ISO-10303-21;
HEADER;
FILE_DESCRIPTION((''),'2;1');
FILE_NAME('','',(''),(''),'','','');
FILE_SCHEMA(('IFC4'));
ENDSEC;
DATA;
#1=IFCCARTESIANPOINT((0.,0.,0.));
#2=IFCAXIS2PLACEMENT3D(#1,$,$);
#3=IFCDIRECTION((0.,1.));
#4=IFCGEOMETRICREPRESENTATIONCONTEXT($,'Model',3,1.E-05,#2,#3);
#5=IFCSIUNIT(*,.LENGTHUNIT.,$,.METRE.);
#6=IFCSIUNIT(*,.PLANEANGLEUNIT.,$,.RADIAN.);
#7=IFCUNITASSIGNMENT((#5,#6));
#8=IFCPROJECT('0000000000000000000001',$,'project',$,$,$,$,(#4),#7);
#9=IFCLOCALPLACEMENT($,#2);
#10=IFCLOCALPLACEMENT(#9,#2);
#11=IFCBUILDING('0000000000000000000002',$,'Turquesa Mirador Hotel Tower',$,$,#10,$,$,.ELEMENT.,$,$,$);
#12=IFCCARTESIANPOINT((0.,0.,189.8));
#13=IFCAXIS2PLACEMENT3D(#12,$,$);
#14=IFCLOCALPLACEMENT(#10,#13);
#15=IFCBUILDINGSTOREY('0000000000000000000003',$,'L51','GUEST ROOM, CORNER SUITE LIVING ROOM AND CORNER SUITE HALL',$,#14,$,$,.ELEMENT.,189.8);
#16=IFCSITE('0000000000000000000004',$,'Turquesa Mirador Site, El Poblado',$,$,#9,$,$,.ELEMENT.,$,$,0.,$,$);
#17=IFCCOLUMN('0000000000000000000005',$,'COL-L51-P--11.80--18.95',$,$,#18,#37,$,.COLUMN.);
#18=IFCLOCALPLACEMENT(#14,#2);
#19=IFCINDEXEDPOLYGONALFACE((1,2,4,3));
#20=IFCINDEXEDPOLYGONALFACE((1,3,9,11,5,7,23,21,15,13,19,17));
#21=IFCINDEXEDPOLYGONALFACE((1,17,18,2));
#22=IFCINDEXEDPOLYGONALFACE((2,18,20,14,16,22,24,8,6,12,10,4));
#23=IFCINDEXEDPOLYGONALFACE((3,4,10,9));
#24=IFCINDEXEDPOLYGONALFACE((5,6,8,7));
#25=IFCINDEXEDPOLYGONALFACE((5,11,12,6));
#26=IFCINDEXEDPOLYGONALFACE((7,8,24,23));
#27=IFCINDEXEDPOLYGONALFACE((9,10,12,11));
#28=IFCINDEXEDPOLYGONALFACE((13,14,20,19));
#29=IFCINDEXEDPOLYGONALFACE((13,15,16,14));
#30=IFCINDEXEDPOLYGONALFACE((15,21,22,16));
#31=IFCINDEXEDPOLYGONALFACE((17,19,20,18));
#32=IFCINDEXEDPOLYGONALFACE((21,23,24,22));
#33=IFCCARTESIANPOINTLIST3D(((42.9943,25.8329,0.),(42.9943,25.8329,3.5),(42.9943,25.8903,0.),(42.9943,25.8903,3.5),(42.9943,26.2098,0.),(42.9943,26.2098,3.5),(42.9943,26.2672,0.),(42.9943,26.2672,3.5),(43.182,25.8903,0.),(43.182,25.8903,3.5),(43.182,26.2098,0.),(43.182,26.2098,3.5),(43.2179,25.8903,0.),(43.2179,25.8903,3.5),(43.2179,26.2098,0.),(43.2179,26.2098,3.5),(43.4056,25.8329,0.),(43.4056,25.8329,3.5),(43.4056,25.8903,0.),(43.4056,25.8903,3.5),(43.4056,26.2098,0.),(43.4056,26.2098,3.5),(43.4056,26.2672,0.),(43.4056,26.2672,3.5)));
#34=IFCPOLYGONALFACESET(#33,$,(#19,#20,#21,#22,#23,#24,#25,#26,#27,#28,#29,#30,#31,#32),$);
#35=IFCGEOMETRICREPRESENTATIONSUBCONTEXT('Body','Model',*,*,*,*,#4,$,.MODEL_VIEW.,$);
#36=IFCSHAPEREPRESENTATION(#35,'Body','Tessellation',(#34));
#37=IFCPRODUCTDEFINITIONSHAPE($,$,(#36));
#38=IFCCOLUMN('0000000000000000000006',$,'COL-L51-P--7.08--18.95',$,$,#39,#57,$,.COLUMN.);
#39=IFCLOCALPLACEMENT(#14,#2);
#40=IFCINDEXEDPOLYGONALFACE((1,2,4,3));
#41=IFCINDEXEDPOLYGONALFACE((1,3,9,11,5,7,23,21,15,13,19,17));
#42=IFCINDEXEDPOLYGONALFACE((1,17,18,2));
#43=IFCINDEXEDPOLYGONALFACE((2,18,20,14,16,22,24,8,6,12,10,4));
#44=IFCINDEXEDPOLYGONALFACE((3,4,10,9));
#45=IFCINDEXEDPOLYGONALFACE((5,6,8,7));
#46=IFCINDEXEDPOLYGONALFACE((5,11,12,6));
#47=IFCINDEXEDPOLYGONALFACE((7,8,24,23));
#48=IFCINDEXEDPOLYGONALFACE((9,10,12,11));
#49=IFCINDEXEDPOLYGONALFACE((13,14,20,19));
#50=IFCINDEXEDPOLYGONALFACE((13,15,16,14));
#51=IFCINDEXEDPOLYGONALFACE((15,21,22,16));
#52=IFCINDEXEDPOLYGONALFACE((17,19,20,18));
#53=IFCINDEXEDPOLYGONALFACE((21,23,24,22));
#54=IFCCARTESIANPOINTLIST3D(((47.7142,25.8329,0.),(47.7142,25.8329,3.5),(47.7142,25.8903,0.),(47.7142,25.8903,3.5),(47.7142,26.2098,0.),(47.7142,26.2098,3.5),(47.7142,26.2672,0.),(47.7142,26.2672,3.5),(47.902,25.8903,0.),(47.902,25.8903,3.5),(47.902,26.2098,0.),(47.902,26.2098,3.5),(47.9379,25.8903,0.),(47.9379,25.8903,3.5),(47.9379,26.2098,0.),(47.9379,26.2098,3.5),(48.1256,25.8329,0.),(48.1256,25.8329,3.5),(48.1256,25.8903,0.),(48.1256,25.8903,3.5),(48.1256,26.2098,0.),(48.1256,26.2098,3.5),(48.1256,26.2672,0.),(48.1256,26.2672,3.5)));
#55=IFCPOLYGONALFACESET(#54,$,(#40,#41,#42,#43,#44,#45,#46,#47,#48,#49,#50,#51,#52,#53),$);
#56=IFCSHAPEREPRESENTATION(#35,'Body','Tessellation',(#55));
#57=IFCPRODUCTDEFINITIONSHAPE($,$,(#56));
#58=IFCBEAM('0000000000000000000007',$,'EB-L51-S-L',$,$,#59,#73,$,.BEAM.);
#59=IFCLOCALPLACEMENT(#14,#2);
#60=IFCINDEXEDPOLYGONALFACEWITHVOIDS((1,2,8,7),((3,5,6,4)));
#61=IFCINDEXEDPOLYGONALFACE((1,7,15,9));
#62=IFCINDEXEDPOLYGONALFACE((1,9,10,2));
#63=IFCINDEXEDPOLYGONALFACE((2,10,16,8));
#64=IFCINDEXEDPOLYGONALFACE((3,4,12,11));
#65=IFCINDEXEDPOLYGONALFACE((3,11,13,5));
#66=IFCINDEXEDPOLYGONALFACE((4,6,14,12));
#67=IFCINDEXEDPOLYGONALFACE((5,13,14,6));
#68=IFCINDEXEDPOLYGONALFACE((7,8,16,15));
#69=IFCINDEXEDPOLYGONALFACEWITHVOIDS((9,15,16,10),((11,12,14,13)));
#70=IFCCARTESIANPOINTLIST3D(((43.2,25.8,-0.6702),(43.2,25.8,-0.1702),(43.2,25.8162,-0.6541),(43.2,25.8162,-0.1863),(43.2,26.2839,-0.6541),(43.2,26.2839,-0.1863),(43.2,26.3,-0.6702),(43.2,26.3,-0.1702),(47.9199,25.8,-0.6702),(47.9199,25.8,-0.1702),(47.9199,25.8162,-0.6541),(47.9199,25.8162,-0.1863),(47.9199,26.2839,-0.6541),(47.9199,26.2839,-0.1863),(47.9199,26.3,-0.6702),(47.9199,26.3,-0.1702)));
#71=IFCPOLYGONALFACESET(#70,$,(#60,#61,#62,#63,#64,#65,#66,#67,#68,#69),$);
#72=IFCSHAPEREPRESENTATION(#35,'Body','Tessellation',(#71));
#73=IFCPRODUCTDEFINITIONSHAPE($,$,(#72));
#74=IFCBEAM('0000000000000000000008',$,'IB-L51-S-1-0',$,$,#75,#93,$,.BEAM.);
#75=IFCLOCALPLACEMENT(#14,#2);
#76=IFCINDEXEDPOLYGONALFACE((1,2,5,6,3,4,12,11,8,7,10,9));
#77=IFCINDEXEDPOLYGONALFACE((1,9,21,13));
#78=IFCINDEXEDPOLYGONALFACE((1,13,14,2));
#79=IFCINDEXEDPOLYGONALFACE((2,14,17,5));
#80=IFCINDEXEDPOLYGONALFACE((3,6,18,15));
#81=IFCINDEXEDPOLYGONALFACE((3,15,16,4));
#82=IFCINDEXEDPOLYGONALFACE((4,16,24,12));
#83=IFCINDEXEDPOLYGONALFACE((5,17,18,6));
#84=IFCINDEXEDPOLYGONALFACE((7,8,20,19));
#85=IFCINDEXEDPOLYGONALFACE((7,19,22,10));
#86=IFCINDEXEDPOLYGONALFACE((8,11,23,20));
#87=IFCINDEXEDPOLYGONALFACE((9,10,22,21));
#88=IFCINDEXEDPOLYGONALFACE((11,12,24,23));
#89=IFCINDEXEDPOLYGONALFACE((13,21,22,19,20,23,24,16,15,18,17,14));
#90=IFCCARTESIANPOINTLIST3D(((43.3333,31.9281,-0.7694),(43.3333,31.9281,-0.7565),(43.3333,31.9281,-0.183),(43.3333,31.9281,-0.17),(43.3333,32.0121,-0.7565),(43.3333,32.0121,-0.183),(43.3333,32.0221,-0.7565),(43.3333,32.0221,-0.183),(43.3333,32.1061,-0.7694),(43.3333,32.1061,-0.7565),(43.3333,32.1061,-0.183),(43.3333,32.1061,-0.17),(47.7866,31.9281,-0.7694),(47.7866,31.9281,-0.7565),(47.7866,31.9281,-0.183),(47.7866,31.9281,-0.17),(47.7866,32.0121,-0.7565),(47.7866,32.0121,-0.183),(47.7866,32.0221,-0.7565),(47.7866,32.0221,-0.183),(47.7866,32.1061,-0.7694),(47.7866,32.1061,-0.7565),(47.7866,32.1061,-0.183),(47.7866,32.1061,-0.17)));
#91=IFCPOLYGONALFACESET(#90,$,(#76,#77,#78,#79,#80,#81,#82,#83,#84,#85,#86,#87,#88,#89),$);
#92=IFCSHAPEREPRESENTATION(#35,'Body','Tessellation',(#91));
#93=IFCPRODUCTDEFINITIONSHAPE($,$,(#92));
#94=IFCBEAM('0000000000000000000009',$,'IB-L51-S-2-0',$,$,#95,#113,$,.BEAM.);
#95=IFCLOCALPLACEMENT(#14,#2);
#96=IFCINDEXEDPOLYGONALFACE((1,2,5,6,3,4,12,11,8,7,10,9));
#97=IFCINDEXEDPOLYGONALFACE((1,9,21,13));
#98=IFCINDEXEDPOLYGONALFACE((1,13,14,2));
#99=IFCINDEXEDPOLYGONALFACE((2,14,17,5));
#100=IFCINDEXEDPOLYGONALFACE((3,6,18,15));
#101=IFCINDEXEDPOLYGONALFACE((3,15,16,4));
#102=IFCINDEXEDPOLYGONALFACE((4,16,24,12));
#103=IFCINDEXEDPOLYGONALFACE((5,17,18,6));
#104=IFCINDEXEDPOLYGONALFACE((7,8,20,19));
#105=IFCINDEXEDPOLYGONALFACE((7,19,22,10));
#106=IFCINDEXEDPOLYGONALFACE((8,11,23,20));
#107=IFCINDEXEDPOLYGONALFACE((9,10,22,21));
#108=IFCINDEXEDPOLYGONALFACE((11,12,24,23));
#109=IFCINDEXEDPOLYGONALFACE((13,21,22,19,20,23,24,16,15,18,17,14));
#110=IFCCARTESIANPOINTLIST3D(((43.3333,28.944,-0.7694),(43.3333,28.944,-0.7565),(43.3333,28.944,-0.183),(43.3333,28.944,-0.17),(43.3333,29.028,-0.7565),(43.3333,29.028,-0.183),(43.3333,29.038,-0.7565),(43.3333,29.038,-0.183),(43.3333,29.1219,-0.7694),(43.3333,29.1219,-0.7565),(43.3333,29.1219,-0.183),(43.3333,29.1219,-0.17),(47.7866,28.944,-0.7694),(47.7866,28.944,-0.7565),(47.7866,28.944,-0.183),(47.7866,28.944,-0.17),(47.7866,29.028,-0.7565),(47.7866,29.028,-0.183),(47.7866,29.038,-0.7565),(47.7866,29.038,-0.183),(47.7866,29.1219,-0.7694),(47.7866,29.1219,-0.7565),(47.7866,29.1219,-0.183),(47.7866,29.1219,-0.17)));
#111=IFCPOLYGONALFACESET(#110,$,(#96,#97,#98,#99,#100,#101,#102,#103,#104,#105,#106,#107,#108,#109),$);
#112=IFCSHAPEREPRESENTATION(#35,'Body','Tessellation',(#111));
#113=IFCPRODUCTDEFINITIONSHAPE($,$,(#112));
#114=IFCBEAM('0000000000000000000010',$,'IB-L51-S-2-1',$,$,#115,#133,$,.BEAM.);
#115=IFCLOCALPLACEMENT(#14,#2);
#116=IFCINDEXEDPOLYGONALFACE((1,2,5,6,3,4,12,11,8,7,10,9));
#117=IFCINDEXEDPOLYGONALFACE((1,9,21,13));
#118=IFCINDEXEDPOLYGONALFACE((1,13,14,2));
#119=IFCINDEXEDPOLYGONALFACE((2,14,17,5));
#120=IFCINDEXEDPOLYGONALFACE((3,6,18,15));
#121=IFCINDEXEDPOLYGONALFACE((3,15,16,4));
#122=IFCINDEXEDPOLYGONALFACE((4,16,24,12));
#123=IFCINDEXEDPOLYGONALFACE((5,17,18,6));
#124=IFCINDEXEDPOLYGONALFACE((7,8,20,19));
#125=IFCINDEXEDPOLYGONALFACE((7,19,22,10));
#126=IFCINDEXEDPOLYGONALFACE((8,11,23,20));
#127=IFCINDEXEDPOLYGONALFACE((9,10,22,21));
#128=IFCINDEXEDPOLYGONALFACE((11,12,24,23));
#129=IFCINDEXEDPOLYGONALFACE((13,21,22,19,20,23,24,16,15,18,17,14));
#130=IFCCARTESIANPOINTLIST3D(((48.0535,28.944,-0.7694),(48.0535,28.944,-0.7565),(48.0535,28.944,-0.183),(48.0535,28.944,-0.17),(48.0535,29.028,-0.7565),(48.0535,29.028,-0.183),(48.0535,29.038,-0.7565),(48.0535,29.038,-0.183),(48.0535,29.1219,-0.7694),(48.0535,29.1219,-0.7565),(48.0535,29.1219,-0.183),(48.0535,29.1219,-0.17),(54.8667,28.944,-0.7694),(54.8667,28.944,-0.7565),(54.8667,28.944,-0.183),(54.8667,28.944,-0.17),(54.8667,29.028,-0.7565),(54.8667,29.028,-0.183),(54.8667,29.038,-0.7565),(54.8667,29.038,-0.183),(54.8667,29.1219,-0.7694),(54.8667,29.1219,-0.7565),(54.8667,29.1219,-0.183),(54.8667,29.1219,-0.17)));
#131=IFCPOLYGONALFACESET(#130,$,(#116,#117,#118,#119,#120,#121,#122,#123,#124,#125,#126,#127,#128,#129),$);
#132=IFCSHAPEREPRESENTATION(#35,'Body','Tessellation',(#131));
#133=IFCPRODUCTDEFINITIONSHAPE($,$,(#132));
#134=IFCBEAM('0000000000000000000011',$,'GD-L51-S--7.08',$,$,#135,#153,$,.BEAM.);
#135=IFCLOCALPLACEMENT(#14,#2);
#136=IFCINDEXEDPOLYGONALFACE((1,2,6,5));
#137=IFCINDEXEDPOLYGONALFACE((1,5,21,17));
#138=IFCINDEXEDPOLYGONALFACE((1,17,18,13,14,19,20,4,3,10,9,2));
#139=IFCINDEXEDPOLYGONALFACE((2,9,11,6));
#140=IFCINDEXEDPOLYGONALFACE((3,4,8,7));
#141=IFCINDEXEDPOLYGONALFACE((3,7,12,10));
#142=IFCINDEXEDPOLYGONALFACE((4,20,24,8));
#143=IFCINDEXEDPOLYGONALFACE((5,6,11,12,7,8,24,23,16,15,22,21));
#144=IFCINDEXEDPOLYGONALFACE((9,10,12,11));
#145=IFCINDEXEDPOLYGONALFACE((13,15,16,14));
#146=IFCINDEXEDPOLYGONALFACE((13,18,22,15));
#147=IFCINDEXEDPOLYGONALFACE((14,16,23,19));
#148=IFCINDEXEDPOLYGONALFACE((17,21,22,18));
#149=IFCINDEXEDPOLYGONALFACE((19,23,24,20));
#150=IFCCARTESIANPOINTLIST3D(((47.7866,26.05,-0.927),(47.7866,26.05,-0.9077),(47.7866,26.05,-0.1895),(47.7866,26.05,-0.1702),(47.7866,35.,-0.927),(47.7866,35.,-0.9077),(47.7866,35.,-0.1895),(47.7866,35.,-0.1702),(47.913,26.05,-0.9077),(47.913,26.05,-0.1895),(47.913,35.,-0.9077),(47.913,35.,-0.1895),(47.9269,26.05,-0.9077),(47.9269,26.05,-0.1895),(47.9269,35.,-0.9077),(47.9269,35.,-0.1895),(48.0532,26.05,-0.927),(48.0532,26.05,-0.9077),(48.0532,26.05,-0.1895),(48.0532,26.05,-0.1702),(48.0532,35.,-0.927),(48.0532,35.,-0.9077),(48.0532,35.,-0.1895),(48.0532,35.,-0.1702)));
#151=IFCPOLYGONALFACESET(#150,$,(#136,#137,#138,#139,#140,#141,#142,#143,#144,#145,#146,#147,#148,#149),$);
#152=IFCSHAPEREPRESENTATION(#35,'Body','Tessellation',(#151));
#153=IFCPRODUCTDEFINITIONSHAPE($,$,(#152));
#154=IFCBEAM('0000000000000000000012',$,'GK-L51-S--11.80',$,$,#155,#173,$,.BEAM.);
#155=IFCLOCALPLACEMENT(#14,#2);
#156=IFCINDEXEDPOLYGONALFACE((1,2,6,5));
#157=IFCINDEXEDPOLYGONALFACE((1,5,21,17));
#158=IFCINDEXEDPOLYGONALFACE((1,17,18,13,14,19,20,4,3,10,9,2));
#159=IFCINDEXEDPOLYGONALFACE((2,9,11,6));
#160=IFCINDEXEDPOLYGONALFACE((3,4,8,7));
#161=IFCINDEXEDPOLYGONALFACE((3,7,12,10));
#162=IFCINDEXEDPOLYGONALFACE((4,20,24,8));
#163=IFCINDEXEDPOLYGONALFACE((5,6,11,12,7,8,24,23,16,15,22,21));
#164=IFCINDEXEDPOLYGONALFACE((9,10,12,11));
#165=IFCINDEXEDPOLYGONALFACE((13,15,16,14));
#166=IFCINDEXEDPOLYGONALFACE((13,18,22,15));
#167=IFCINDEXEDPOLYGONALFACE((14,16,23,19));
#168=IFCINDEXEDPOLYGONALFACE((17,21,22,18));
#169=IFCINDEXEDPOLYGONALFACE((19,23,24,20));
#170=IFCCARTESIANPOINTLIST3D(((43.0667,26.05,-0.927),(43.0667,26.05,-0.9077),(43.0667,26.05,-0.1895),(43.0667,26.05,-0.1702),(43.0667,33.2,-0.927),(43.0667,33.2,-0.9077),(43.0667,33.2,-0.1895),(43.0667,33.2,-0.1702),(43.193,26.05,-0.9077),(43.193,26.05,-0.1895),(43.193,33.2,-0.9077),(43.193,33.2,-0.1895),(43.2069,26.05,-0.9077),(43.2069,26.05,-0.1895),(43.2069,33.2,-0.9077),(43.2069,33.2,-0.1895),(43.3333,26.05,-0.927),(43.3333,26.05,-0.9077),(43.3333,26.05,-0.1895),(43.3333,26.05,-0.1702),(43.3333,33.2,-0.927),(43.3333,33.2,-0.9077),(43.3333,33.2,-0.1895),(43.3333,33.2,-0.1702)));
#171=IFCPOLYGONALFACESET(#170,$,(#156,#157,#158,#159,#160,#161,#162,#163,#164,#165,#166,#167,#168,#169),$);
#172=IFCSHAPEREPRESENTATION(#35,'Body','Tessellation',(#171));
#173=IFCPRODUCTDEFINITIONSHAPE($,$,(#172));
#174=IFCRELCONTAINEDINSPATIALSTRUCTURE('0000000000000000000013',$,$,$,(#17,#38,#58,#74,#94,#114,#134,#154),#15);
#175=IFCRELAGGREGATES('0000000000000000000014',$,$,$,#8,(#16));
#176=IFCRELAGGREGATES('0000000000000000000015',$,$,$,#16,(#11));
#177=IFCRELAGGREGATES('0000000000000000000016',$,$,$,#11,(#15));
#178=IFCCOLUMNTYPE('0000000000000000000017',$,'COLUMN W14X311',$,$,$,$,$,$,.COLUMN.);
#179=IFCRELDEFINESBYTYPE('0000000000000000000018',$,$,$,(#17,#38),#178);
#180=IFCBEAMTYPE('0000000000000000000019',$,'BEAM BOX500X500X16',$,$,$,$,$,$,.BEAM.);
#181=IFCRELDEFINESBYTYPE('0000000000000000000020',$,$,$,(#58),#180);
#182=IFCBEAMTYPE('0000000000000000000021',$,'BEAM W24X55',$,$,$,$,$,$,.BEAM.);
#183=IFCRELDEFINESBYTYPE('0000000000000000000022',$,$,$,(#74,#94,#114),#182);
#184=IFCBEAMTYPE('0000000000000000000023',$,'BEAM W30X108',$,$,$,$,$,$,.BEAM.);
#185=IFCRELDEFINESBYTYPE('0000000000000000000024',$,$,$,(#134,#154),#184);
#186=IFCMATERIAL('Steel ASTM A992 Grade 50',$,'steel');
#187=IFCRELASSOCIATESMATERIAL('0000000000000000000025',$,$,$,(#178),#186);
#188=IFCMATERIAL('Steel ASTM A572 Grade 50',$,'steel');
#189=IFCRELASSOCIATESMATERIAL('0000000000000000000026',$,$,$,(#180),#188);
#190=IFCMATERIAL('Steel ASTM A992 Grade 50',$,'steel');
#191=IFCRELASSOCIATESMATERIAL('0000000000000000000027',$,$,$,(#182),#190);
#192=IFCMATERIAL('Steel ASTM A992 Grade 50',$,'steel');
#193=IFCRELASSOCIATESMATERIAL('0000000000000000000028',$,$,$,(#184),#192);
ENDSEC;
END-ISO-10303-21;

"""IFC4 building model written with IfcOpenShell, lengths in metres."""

from ifc_helpers import new_model, si_unit, direction, frame, origin, origin_2d, place, context, subcontext, project, spatial, hollow_rectangle, i_section, extrude, material, material_profile, profile_set, type_object, element, save


model = new_model("IFC4")

# Units and contexts
model_context = context("Model", 3, precision=1e-05, world=origin(), true_north=direction((0.0, 1.0)))
body_context = subcontext(model_context, "Body", "Model", "MODEL_VIEW")
ifc_project = project(units=[si_unit("LENGTHUNIT", "METRE"), si_unit("PLANEANGLEUNIT", "RADIAN")], contexts=[model_context])

# Site, building, storey
site_placement = place(None, origin())
site = spatial("IfcSite", under=ifc_project, at=site_placement, Name="Turquesa Mirador Site, El Poblado", CompositionType="ELEMENT", RefElevation=0.0)
building_placement = place(site_placement, origin())
building = spatial("IfcBuilding", under=site, at=building_placement, Name="Turquesa Mirador Hotel Tower", CompositionType="ELEMENT")
storey_placement = place(building_placement, frame((0.0, 0.0, 189.8)))
storey = spatial("IfcBuildingStorey", under=building, at=storey_placement, Name="L51", Description="GUEST ROOM, CORNER SUITE LIVING ROOM AND CORNER SUITE HALL", CompositionType="ELEMENT", Elevation=189.8)

# Columns
ifc_material_1 = material(Name="Steel ASTM A992 Grade 50", Category="steel")
ifc_material_profile_1 = material_profile(ifc_material_1, i_section(OverallWidth=0.4114, OverallDepth=0.4343, WebThickness=0.0359, FlangeThickness=0.0574, at=origin_2d()), Name="W14X311")
ifc_profile_set_1 = profile_set([ifc_material_profile_1], Name="Steel ASTM A992 Grade 50")
column_type = type_object("IfcColumnType", Name="COLUMN W14X311", PredefinedType="COLUMN", material=ifc_profile_set_1)
for number, where, z_axis, x_axis, name in (
    (1, (43.2, 26.05, 0.0), (0.0, 0.0, 1.0), (1.0, 0.0, 0.0), "COL-L51-P--11.80--18.95"),
    (2, (47.9199, 26.05, 0.0), (0.0, 0.0, 1.0), (1.0, 0.0, 0.0), "COL-L51-P--7.08--18.95"),
):
    element("IfcColumn", number, at=place(storey_placement, frame(where, z_axis=z_axis, x_axis=x_axis)), inside=storey, type_object=column_type, Name=name, PredefinedType="COLUMN", context=body_context, shape_type="SweptSolid", body=[
        extrude(i_section(OverallWidth=0.4114, OverallDepth=0.4343, WebThickness=0.0359, FlangeThickness=0.0574, at=origin_2d()), origin(), (0.0, 0.0, 1.0), 3.5),
    ])

# Beams
ifc_material_2 = material(Name="Steel ASTM A572 Grade 50", Category="steel")
ifc_material_profile_2 = material_profile(ifc_material_2, hollow_rectangle(XDim=0.5, YDim=0.5, WallThickness=0.0161, at=origin_2d()), Name="BOX500X500X16")
ifc_profile_set_2 = profile_set([ifc_material_profile_2], Name="Steel ASTM A572 Grade 50")
beam_type_1 = type_object("IfcBeamType", Name="BEAM BOX500X500X16", PredefinedType="BEAM", material=ifc_profile_set_2)
beam_1_placement = place(storey_placement, frame((43.2, 26.05, -0.4202), z_axis=(1.0, 0.0, 0.0), x_axis=(0.0, 1.0, 0.0)))
element("IfcBeam", 3, at=beam_1_placement, inside=storey, type_object=beam_type_1, Name="EB-L51-S-L", PredefinedType="BEAM", context=body_context, shape_type="SweptSolid", body=[
    extrude(hollow_rectangle(XDim=0.5, YDim=0.5, WallThickness=0.0161, at=origin_2d()), origin(), (0.0, 0.0, 1.0), 4.72),
])
ifc_material_3 = material(Name="Steel ASTM A992 Grade 50", Category="steel")
ifc_material_profile_3 = material_profile(ifc_material_3, i_section(OverallWidth=0.178, OverallDepth=0.5994, WebThickness=0.01, FlangeThickness=0.0129, at=origin_2d()), Name="W24X55")
ifc_profile_set_3 = profile_set([ifc_material_profile_3], Name="Steel ASTM A992 Grade 50")
beam_type_2 = type_object("IfcBeamType", Name="BEAM W24X55", PredefinedType="BEAM", material=ifc_profile_set_3)
for number, where, z_axis, x_axis, name in (
    (4, (43.3333, 32.0171, -0.4697), (1.0, 0.0, 0.0), (0.0, 1.0, 0.0), "IB-L51-S-1-0"),
    (5, (43.3333, 29.033, -0.4697), (1.0, 0.0, 0.0), (0.0, 1.0, 0.0), "IB-L51-S-2-0"),
):
    element("IfcBeam", number, at=place(storey_placement, frame(where, z_axis=z_axis, x_axis=x_axis)), inside=storey, type_object=beam_type_2, Name=name, PredefinedType="BEAM", context=body_context, shape_type="SweptSolid", body=[
        extrude(i_section(OverallWidth=0.178, OverallDepth=0.5994, WebThickness=0.01, FlangeThickness=0.0129, at=origin_2d()), origin(), (0.0, 0.0, 1.0), 4.4534),
    ])
beam_2_placement = place(storey_placement, frame((48.0535, 29.033, -0.4697), z_axis=(1.0, 0.0, 0.0), x_axis=(0.0, 1.0, 0.0)))
element("IfcBeam", 6, at=beam_2_placement, inside=storey, type_object=beam_type_2, Name="IB-L51-S-2-1", PredefinedType="BEAM", context=body_context, shape_type="SweptSolid", body=[
    extrude(i_section(OverallWidth=0.178, OverallDepth=0.5994, WebThickness=0.01, FlangeThickness=0.0129, at=origin_2d()), origin(), (0.0, 0.0, 1.0), 6.8132),
])
ifc_material_4 = material(Name="Steel ASTM A992 Grade 50", Category="steel")
ifc_material_profile_4 = material_profile(ifc_material_4, i_section(OverallWidth=0.2666, OverallDepth=0.7568, WebThickness=0.0139, FlangeThickness=0.0193, at=origin_2d()), Name="W30X108")
ifc_profile_set_4 = profile_set([ifc_material_profile_4], Name="Steel ASTM A992 Grade 50")
beam_type_3 = type_object("IfcBeamType", Name="BEAM W30X108", PredefinedType="BEAM", material=ifc_profile_set_4)
beam_3_placement = place(storey_placement, frame((47.9199, 26.05, -0.5486), z_axis=(0.0, 1.0, 0.0), x_axis=(-1.0, 0.0, 0.0)))
element("IfcBeam", 7, at=beam_3_placement, inside=storey, type_object=beam_type_3, Name="GD-L51-S--7.08", PredefinedType="BEAM", context=body_context, shape_type="SweptSolid", body=[
    extrude(i_section(OverallWidth=0.2666, OverallDepth=0.7568, WebThickness=0.0139, FlangeThickness=0.0193, at=origin_2d()), origin(), (0.0, 0.0, 1.0), 8.95),
])
beam_4_placement = place(storey_placement, frame((43.2, 26.05, -0.5486), z_axis=(0.0, 1.0, 0.0), x_axis=(-1.0, 0.0, 0.0)))
element("IfcBeam", 8, at=beam_4_placement, inside=storey, type_object=beam_type_3, Name="GK-L51-S--11.80", PredefinedType="BEAM", context=body_context, shape_type="SweptSolid", body=[
    extrude(i_section(OverallWidth=0.2666, OverallDepth=0.7568, WebThickness=0.0139, FlangeThickness=0.0193, at=origin_2d()), origin(), (0.0, 0.0, 1.0), 7.1499),
])

save(model, "model.ifc")
